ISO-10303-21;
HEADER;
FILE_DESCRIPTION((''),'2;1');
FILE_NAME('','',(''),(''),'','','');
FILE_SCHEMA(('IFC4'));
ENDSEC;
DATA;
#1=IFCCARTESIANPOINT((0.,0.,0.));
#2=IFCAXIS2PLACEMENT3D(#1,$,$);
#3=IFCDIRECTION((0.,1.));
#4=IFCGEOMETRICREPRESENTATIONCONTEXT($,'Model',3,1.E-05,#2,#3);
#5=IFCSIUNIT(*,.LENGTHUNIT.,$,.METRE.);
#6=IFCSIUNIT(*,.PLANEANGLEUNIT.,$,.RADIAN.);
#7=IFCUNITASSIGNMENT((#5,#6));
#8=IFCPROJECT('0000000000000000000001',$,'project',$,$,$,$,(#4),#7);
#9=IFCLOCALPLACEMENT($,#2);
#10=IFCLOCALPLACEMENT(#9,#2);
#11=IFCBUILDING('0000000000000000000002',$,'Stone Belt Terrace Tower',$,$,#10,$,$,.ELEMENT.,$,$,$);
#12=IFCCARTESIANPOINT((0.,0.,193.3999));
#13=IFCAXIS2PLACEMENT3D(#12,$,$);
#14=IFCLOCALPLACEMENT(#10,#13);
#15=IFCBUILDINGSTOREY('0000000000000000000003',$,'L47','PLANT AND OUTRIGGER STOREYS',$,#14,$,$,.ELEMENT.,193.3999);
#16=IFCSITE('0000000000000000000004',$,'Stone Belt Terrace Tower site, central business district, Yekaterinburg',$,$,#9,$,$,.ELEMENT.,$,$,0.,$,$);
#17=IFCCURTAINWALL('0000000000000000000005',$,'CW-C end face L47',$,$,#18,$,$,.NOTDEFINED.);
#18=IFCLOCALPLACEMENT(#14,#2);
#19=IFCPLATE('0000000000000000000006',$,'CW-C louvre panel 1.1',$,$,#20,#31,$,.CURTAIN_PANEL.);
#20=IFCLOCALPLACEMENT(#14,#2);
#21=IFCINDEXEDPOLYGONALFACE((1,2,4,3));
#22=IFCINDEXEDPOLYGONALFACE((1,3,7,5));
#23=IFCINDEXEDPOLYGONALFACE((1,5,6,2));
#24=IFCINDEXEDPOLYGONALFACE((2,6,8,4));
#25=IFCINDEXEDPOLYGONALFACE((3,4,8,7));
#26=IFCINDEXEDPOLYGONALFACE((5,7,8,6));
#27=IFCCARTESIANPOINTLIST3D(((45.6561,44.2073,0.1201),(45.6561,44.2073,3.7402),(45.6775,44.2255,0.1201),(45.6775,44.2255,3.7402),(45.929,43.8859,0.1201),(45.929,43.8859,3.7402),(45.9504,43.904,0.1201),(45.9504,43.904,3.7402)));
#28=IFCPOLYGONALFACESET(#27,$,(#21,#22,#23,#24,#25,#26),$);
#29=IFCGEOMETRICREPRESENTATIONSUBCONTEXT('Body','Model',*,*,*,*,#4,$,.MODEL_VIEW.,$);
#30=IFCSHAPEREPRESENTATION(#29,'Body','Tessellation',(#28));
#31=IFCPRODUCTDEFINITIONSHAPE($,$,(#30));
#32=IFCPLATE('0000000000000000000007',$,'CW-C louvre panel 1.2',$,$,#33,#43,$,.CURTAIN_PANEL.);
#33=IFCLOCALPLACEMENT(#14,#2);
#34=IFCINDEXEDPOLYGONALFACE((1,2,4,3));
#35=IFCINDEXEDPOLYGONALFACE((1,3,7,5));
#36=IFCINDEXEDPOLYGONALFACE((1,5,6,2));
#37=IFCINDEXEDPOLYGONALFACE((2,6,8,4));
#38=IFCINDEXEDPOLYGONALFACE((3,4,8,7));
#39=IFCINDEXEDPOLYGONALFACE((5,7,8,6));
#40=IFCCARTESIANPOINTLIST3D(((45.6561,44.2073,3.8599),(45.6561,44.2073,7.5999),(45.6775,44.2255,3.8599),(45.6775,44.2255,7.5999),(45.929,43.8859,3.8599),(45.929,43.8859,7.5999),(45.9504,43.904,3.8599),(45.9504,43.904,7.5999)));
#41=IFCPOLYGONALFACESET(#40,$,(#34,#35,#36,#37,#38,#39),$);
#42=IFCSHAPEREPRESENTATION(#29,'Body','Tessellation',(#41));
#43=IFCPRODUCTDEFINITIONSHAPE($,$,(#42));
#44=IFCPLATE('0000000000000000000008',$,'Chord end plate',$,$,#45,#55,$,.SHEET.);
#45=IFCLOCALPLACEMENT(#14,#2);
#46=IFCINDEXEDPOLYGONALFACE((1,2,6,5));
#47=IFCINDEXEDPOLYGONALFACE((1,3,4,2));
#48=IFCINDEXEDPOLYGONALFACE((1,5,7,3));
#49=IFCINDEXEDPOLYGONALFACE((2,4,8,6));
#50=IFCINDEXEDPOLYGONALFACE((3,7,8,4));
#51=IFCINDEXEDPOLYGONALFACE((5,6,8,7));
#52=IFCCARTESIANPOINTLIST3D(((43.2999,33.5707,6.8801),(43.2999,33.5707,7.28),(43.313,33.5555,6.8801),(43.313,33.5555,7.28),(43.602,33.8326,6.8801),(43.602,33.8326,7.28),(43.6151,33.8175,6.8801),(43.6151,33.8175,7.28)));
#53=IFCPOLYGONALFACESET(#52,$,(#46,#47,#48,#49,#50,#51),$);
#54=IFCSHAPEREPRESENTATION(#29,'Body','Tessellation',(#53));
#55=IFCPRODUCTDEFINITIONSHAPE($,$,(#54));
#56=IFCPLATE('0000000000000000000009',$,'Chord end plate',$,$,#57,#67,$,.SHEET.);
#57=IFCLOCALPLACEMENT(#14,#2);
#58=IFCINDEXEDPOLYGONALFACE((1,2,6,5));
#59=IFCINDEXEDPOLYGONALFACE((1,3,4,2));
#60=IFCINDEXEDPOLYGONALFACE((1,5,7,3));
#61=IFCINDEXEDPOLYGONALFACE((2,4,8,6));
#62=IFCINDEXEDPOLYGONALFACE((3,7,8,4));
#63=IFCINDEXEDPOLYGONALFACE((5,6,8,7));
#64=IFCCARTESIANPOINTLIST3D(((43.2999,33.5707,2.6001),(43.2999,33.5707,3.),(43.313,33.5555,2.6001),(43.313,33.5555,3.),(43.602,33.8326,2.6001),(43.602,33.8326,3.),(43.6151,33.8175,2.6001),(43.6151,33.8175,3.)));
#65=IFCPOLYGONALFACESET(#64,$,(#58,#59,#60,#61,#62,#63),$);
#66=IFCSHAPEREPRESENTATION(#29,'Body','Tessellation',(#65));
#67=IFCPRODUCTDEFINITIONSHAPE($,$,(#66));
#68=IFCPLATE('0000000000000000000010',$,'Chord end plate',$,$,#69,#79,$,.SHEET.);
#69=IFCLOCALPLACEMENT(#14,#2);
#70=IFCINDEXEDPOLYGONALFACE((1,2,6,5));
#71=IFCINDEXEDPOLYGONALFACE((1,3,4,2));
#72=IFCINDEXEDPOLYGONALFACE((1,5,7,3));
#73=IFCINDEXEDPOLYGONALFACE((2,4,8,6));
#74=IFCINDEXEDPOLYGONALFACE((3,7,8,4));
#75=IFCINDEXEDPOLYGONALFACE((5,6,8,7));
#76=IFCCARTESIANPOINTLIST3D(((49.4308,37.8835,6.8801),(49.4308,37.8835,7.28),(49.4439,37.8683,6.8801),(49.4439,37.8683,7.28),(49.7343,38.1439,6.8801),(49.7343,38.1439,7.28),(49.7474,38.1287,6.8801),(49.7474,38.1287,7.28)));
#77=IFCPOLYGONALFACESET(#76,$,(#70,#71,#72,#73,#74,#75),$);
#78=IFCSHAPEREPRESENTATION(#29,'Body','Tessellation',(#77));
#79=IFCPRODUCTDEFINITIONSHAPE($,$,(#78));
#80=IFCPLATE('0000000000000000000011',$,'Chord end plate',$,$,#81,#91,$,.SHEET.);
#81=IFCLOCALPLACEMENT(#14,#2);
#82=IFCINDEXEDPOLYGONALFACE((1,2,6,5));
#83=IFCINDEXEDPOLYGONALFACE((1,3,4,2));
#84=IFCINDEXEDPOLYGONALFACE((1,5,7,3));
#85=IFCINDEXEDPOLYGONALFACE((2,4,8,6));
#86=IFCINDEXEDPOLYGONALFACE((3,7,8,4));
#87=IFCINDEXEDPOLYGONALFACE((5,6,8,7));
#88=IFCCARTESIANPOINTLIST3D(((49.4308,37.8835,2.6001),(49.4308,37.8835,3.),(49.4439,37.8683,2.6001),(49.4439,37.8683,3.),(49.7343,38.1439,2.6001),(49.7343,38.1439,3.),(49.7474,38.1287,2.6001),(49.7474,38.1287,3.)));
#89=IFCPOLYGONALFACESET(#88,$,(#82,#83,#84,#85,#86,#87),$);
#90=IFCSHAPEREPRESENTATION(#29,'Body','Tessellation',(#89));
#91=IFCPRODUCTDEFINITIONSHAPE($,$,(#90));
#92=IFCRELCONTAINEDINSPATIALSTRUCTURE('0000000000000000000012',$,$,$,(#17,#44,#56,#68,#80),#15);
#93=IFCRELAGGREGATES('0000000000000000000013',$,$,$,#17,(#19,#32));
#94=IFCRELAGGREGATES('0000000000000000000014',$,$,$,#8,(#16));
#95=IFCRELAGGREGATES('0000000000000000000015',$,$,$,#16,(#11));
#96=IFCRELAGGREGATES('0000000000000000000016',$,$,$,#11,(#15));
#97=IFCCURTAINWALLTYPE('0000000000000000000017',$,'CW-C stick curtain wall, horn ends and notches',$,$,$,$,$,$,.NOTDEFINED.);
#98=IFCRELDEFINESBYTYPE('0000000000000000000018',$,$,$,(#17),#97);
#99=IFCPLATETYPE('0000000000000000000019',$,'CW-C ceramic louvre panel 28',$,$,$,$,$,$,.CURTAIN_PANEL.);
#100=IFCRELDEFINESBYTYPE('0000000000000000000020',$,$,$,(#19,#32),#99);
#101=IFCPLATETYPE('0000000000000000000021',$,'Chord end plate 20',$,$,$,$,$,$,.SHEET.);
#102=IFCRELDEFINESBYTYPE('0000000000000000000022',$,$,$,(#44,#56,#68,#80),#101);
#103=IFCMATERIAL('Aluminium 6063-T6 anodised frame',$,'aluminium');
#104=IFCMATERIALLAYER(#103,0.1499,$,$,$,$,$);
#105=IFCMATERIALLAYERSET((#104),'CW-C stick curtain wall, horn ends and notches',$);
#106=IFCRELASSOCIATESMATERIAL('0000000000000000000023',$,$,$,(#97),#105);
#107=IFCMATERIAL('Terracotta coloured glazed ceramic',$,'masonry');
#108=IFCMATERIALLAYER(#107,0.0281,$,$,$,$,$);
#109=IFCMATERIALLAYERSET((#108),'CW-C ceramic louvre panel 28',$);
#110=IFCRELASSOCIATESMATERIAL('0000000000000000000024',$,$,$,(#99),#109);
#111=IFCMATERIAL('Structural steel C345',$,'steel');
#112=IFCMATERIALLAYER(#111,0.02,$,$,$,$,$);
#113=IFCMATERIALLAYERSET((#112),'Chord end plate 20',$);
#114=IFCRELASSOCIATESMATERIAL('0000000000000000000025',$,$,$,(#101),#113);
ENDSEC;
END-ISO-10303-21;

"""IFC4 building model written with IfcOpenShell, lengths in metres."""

from ifc_helpers import new_model, si_unit, direction, frame, origin, origin_2d, place, context, subcontext, project, spatial, rectangle, extrude, material, layer, layer_set, type_object, element, aggregate, save


model = new_model("IFC4")

# Units and contexts
model_context = context("Model", 3, precision=1e-05, world=origin(), true_north=direction((0.0, 1.0)))
body_context = subcontext(model_context, "Body", "Model", "MODEL_VIEW")
ifc_project = project(units=[si_unit("LENGTHUNIT", "METRE"), si_unit("PLANEANGLEUNIT", "RADIAN")], contexts=[model_context])

# Site, building, storey
site_placement = place(None, origin())
site = spatial("IfcSite", under=ifc_project, at=site_placement, Name="Stone Belt Terrace Tower site, central business district, Yekaterinburg", CompositionType="ELEMENT", RefElevation=0.0)
building_placement = place(site_placement, origin())
building = spatial("IfcBuilding", under=site, at=building_placement, Name="Stone Belt Terrace Tower", CompositionType="ELEMENT")
storey_placement = place(building_placement, frame((0.0, 0.0, 193.3999)))
storey = spatial("IfcBuildingStorey", under=building, at=storey_placement, Name="L47", Description="PLANT AND OUTRIGGER STOREYS", CompositionType="ELEMENT", Elevation=193.3999)

# Shared definitions
ifc_material_1 = material(Name="Aluminium 6063-T6 anodised frame", Category="aluminium")
ifc_layer_1 = layer(ifc_material_1, 0.1499)
ifc_layer_set_1 = layer_set([ifc_layer_1], Name="CW-C stick curtain wall, horn ends and notches")
curtain_wall_type = type_object("IfcCurtainWallType", Name="CW-C stick curtain wall, horn ends and notches", PredefinedType="NOTDEFINED", material=ifc_layer_set_1)

# Curtain wall
curtain_wall_1_placement = place(storey_placement, origin())
curtain_wall_1 = element("IfcCurtainWall", 1, at=curtain_wall_1_placement, inside=storey, type_object=curtain_wall_type, Name="CW-C end face L47", PredefinedType="NOTDEFINED")

# Shared definitions
ifc_material_2 = material(Name="Structural steel C345", Category="steel")

# Plates
ifc_material_3 = material(Name="Terracotta coloured glazed ceramic", Category="masonry")
ifc_layer_2 = layer(ifc_material_3, 0.0281)
ifc_layer_set_2 = layer_set([ifc_layer_2], Name="CW-C ceramic louvre panel 28")
plate_type_1 = type_object("IfcPlateType", Name="CW-C ceramic louvre panel 28", PredefinedType="CURTAIN_PANEL", material=ifc_layer_set_2)
plate_1_placement = place(storey_placement, frame((45.8032, 44.0557, 0.1201), z_axis=(0.0, 0.0, 1.0), x_axis=(-0.647211, 0.762311, 0.0)))
plate_1 = element("IfcPlate", 2, at=plate_1_placement, type_object=plate_type_1, Name="CW-C louvre panel 1.1", PredefinedType="CURTAIN_PANEL", context=body_context, shape_type="SweptSolid", body=[
    extrude(rectangle(XDim=0.4216, YDim=0.0281, at=origin_2d()), origin(), (0.0, 0.0, 1.0), 3.6201),
])
plate_2_placement = place(storey_placement, frame((45.8032, 44.0557, 3.8599), z_axis=(0.0, 0.0, 1.0), x_axis=(-0.647211, 0.762311, 0.0)))
plate_2 = element("IfcPlate", 3, at=plate_2_placement, type_object=plate_type_1, Name="CW-C louvre panel 1.2", PredefinedType="CURTAIN_PANEL", context=body_context, shape_type="SweptSolid", body=[
    extrude(rectangle(XDim=0.4216, YDim=0.0281, at=origin_2d()), origin(), (0.0, 0.0, 1.0), 3.74),
])
aggregate(curtain_wall_1, [plate_1, plate_2])

# Plates
ifc_layer_3 = layer(ifc_material_2, 0.02)
ifc_layer_set_3 = layer_set([ifc_layer_3], Name="Chord end plate 20")
plate_type_2 = type_object("IfcPlateType", Name="Chord end plate 20", PredefinedType="SHEET", material=ifc_layer_set_3)
for number, where, z_axis, x_axis, name in (
    (4, (43.4575, 33.6941, 6.8801), (0.0, 0.0, 1.0), (0.655121, -0.755524, 0.0), "Chord end plate"),
    (5, (43.4575, 33.6941, 2.6001), (0.0, 0.0, 1.0), (0.655121, -0.755524, 0.0), "Chord end plate"),
    (6, (49.5891, 38.0061, 6.8801), (0.0, 0.0, 1.0), (0.651193, -0.758912, 0.0), "Chord end plate"),
    (7, (49.5891, 38.0061, 2.6001), (0.0, 0.0, 1.0), (0.651193, -0.758912, 0.0), "Chord end plate"),
):
    element("IfcPlate", number, at=place(storey_placement, frame(where, z_axis=z_axis, x_axis=x_axis)), inside=storey, type_object=plate_type_2, Name=name, PredefinedType="SHEET", context=body_context, shape_type="SweptSolid", body=[
        extrude(rectangle(XDim=0.02, YDim=0.3999, at=origin_2d()), origin(), (0.0, 0.0, 1.0), 0.3999),
    ])

save(model, "model.ifc")
